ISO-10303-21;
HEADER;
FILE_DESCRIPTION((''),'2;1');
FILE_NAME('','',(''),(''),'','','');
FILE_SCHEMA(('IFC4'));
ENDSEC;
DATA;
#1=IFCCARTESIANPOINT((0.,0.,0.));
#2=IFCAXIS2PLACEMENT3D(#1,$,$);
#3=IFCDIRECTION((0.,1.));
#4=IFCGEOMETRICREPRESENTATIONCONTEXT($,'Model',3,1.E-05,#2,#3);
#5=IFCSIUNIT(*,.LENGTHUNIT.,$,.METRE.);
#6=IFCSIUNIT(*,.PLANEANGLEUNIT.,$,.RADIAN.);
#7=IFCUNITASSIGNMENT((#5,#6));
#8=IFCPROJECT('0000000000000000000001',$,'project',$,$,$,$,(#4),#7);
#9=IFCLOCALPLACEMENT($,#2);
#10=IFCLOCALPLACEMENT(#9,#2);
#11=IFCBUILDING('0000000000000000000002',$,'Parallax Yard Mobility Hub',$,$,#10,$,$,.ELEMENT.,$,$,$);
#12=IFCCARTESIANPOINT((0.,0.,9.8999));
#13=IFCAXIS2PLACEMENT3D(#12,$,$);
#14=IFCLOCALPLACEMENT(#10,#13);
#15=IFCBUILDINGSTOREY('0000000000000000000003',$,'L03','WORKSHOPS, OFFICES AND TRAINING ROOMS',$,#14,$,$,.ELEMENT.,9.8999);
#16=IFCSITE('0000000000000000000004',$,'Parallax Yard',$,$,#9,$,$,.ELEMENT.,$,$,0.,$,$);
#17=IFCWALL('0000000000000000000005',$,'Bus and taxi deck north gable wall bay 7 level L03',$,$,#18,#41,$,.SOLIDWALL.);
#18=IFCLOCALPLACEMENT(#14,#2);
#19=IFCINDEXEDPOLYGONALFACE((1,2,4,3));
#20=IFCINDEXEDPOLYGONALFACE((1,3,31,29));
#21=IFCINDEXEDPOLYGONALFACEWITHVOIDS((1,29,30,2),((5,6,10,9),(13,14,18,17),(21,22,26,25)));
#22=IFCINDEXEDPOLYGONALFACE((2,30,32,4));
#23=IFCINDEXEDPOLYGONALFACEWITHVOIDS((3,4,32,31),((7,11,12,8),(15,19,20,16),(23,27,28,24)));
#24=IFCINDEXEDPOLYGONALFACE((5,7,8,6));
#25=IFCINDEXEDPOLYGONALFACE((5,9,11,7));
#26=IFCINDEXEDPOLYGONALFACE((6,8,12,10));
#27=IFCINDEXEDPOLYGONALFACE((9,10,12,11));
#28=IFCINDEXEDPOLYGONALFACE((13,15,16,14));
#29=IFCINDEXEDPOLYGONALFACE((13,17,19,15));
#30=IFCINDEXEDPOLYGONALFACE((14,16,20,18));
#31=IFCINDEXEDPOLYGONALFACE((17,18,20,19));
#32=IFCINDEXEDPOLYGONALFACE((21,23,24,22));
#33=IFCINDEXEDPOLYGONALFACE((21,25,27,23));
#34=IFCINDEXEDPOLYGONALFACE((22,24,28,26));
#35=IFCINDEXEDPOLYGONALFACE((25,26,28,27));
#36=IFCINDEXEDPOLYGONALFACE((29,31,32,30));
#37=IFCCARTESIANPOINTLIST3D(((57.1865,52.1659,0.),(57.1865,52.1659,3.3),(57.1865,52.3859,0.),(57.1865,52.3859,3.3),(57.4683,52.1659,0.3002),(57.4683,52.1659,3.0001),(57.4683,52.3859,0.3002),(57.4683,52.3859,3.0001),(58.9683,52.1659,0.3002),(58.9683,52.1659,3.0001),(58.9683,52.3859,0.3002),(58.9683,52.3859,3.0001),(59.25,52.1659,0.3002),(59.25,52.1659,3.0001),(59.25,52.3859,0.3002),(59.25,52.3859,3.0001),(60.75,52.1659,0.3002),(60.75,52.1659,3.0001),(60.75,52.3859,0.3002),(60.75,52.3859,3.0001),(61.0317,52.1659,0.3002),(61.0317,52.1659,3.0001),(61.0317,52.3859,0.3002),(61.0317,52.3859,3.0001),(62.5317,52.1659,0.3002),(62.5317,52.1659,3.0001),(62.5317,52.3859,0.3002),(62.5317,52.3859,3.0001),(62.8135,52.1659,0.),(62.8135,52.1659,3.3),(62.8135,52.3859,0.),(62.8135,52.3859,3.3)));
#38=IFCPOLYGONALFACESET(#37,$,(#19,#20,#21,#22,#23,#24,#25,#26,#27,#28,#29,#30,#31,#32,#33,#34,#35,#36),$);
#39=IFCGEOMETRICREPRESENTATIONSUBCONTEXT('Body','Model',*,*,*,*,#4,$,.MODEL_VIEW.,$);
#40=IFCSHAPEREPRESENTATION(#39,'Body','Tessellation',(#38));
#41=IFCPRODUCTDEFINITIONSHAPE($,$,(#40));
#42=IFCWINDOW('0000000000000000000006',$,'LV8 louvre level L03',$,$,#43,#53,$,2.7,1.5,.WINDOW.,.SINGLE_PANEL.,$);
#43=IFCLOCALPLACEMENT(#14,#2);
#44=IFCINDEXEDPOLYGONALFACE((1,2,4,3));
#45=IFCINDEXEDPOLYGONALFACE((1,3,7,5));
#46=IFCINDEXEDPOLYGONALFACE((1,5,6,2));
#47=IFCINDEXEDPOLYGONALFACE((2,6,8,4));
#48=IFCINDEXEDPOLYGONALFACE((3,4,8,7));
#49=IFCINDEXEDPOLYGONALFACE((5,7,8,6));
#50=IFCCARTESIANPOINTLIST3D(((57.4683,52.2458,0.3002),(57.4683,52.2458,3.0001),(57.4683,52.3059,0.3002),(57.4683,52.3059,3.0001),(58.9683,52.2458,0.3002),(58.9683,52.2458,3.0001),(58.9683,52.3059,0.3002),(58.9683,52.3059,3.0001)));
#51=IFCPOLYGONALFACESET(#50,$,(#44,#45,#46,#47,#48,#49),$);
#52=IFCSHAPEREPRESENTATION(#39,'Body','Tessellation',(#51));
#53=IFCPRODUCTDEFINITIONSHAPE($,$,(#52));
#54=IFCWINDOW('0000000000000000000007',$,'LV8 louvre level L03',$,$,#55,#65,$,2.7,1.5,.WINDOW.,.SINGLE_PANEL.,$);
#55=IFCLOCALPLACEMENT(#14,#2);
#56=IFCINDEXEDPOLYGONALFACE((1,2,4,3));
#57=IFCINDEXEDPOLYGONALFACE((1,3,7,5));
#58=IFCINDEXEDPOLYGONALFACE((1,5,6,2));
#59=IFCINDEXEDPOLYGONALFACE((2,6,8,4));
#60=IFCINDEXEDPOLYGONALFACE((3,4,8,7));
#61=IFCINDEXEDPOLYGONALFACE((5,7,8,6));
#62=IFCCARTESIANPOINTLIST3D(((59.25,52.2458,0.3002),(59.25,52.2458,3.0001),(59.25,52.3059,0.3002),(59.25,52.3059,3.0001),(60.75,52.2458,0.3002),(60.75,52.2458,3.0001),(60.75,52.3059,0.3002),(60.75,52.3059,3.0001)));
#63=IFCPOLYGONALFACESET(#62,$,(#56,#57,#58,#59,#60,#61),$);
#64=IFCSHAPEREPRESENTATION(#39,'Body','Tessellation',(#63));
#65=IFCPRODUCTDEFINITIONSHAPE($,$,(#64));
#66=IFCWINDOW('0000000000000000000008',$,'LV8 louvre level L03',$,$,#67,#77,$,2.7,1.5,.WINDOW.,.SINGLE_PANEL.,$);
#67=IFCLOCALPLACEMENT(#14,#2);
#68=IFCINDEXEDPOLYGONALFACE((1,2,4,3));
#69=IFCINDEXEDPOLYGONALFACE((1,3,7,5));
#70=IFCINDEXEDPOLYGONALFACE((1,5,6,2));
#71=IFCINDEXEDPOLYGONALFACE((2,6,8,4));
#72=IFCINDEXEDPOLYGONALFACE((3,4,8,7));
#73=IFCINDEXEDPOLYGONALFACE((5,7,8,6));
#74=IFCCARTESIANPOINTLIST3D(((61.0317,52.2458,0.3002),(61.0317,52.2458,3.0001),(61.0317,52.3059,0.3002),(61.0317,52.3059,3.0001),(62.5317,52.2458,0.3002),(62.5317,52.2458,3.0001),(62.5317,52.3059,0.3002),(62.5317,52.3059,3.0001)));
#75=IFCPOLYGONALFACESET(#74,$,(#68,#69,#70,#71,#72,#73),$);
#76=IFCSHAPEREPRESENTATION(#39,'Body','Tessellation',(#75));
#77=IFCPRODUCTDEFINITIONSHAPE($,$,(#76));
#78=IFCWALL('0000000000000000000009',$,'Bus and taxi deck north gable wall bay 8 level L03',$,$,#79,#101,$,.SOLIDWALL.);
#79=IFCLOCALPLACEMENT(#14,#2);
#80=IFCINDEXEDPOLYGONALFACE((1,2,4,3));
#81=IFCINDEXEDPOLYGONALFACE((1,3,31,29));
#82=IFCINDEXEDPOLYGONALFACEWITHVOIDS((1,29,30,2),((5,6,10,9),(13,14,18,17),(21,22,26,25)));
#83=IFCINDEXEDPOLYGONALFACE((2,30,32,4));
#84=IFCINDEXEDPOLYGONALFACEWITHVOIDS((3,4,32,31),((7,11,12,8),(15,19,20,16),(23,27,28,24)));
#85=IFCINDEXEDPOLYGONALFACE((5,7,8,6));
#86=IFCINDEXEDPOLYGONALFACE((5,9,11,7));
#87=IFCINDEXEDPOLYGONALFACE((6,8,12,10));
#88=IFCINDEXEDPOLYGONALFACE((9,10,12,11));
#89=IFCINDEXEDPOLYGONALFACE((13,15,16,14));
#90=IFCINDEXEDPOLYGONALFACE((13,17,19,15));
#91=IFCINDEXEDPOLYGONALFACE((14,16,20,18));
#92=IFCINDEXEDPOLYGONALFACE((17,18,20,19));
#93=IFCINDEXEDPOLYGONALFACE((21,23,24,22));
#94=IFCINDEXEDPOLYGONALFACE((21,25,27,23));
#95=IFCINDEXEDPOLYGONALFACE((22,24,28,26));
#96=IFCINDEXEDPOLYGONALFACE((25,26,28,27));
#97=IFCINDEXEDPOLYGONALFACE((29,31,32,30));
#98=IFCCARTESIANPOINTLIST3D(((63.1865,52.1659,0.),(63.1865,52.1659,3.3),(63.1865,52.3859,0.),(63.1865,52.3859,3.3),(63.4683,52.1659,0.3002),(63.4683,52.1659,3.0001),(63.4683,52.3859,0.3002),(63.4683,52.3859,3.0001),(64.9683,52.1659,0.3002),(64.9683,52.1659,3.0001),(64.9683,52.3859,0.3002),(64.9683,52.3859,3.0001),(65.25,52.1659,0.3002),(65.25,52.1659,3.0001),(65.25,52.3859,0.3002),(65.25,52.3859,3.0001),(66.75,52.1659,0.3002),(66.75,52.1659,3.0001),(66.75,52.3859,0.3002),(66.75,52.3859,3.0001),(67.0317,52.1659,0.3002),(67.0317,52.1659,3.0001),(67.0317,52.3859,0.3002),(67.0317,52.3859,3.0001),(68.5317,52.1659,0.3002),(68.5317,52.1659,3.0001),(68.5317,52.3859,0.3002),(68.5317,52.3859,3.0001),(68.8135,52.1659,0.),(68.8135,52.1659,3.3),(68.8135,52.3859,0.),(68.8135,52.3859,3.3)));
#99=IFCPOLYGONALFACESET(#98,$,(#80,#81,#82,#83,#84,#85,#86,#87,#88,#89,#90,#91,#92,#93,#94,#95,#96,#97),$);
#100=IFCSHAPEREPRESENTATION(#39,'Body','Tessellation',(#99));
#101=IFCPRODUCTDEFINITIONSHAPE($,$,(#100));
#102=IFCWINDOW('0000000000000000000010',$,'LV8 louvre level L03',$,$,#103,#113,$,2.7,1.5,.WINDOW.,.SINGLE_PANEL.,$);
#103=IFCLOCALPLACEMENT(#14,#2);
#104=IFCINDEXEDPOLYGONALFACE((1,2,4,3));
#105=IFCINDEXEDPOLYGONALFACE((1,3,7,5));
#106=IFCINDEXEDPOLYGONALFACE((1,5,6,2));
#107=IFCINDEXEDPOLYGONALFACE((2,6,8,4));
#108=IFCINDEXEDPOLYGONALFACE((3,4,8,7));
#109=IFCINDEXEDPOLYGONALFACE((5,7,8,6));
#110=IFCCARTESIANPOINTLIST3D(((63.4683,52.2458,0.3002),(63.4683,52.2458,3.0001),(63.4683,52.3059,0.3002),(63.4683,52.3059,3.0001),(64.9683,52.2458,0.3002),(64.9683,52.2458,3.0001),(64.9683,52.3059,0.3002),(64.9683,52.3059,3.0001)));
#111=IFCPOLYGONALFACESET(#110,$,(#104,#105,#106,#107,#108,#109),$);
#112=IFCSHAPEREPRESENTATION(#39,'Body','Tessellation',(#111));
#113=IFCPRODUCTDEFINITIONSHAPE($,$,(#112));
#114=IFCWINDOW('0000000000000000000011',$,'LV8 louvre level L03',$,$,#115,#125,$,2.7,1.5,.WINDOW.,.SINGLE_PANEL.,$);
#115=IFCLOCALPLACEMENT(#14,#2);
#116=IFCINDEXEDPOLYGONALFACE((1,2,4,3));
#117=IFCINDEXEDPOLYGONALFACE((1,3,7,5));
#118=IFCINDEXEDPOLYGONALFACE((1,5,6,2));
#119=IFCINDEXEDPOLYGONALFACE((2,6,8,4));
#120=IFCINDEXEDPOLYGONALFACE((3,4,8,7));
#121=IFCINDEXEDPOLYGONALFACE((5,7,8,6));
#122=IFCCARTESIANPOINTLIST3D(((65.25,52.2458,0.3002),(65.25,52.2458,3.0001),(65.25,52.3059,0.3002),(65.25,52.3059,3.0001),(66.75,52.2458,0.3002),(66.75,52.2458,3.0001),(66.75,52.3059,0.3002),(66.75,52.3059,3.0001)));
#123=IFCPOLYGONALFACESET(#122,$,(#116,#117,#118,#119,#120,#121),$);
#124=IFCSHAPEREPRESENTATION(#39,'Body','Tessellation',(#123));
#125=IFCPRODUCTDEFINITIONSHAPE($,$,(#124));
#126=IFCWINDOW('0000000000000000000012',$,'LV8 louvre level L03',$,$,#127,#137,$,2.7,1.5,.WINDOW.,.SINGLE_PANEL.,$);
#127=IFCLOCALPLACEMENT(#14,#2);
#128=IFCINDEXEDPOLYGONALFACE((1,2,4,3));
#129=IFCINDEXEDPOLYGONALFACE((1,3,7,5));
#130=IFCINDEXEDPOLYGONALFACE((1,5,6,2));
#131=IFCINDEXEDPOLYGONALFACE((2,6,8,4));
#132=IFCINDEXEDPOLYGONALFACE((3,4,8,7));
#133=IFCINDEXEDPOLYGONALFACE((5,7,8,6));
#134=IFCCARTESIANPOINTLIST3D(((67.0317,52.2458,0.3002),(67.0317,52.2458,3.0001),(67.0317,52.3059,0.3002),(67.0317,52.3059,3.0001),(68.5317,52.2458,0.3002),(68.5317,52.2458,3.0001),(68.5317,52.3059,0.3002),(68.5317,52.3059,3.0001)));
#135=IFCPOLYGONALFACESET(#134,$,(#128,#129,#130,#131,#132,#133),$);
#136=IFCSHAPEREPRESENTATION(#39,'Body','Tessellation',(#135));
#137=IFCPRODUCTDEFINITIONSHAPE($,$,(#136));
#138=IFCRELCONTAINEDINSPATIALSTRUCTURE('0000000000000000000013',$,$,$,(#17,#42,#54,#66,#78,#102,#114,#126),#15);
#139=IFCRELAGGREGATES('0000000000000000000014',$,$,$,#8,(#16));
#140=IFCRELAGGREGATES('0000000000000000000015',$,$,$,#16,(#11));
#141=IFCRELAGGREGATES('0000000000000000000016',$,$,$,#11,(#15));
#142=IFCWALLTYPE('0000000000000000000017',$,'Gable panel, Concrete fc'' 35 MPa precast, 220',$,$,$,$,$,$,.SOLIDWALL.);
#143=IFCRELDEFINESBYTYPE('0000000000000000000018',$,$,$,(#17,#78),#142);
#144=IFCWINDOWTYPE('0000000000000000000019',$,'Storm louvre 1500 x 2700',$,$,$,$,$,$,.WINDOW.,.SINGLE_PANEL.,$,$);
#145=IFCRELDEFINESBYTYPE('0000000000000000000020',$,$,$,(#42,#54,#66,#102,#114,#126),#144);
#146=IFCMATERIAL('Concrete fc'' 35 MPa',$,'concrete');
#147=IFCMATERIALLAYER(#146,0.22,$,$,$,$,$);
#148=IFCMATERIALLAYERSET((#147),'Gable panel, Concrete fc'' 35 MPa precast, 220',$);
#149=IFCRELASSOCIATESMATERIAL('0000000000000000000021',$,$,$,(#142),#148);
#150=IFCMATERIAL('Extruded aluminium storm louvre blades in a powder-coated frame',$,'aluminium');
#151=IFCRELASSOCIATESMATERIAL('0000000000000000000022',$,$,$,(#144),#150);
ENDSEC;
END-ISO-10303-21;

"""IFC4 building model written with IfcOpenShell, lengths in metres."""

from ifc_helpers import new_model, si_unit, direction, frame, frame_2d, origin, place, context, subcontext, project, spatial, rectangle, extrude, material, layer, layer_set, type_object, element, fill, save


model = new_model("IFC4")

# Units and contexts
model_context = context("Model", 3, precision=1e-05, world=origin(), true_north=direction((0.0, 1.0)))
body_context = subcontext(model_context, "Body", "Model", "MODEL_VIEW")
ifc_project = project(units=[si_unit("LENGTHUNIT", "METRE"), si_unit("PLANEANGLEUNIT", "RADIAN")], contexts=[model_context])

# Site, building, storey
site_placement = place(None, origin())
site = spatial("IfcSite", under=ifc_project, at=site_placement, Name="Parallax Yard", CompositionType="ELEMENT", RefElevation=0.0)
building_placement = place(site_placement, origin())
building = spatial("IfcBuilding", under=site, at=building_placement, Name="Parallax Yard Mobility Hub", CompositionType="ELEMENT")
storey_placement = place(building_placement, frame((0.0, 0.0, 9.8999)))
storey = spatial("IfcBuildingStorey", under=building, at=storey_placement, Name="L03", Description="WORKSHOPS, OFFICES AND TRAINING ROOMS", CompositionType="ELEMENT", Elevation=9.8999)

# Walls, openings, windows
ifc_material_1 = material(Name="Concrete fc' 35 MPa", Category="concrete")
ifc_layer = layer(ifc_material_1, 0.22)
ifc_layer_set = layer_set([ifc_layer], Name="Gable panel, Concrete fc' 35 MPa precast, 220")
wall_type = type_object("IfcWallType", Name="Gable panel, Concrete fc' 35 MPa precast, 220", PredefinedType="SOLIDWALL", material=ifc_layer_set)
wall_1_placement = place(storey_placement, frame((57.1865, 52.2759, 0.0), z_axis=(0.0, 0.0, 1.0), x_axis=(1.0, 0.0, 0.0)))
wall_1 = element("IfcWall", 1, at=wall_1_placement, inside=storey, type_object=wall_type, Name="Bus and taxi deck north gable wall bay 7 level L03", PredefinedType="SOLIDWALL", context=body_context, shape_type="SweptSolid", body=[
    extrude(rectangle(XDim=5.627, YDim=0.22, at=frame_2d((2.8135, 0.0))), origin(), (0.0, 0.0, 1.0), 3.3),
])
opening_1_placement = place(wall_1_placement, frame((0.2817, 0.0, 0.3)))
opening_1 = element("IfcOpeningElement", 2, at=opening_1_placement, cuts=wall_1, PredefinedType="OPENING", context=body_context, shape_type="SweptSolid", body=[
    extrude(rectangle(XDim=1.5, YDim=2.7, at=frame_2d((0.75, 1.3501))), frame((0.0, 0.1201, 0.0), z_axis=(0.0, -1.0, 0.0), x_axis=(1.0, 0.0, 0.0)), (0.0, 0.0, 1.0), 0.24),
])
opening_2_placement = place(wall_1_placement, frame((2.0635, 0.0, 0.3)))
opening_2 = element("IfcOpeningElement", 3, at=opening_2_placement, cuts=wall_1, PredefinedType="OPENING", context=body_context, shape_type="SweptSolid", body=[
    extrude(rectangle(XDim=1.5, YDim=2.7, at=frame_2d((0.75, 1.3501))), frame((0.0, 0.1201, 0.0), z_axis=(0.0, -1.0, 0.0), x_axis=(1.0, 0.0, 0.0)), (0.0, 0.0, 1.0), 0.24),
])
opening_3_placement = place(wall_1_placement, frame((3.8452, 0.0, 0.3)))
opening_3 = element("IfcOpeningElement", 4, at=opening_3_placement, cuts=wall_1, PredefinedType="OPENING", context=body_context, shape_type="SweptSolid", body=[
    extrude(rectangle(XDim=1.5, YDim=2.7, at=frame_2d((0.75, 1.3501))), frame((0.0, 0.1201, 0.0), z_axis=(0.0, -1.0, 0.0), x_axis=(1.0, 0.0, 0.0)), (0.0, 0.0, 1.0), 0.24),
])
ifc_material_2 = material(Name="Extruded aluminium storm louvre blades in a powder-coated frame", Category="aluminium")
window_type = type_object("IfcWindowType", Name="Storm louvre 1500 x 2700", PartitioningType="SINGLE_PANEL", PredefinedType="WINDOW", material=ifc_material_2)
window_1_placement = place(opening_1_placement, origin())
window_1 = element("IfcWindow", 5, at=window_1_placement, inside=storey, type_object=window_type, Name="LV8 louvre level L03", OverallHeight=2.7, OverallWidth=1.5, PartitioningType="SINGLE_PANEL", PredefinedType="WINDOW", context=body_context, shape_type="SweptSolid", body=[
    extrude(rectangle(XDim=1.5, YDim=2.7, at=frame_2d((0.75, 1.3501))), frame((0.0, 0.03, 0.0), z_axis=(0.0, -1.0, 0.0), x_axis=(1.0, 0.0, 0.0)), (0.0, 0.0, 1.0), 0.0601),
])
fill(opening_1, window_1)
window_2_placement = place(opening_2_placement, origin())
window_2 = element("IfcWindow", 6, at=window_2_placement, inside=storey, type_object=window_type, Name="LV8 louvre level L03", OverallHeight=2.7, OverallWidth=1.5, PartitioningType="SINGLE_PANEL", PredefinedType="WINDOW", context=body_context, shape_type="SweptSolid", body=[
    extrude(rectangle(XDim=1.5, YDim=2.7, at=frame_2d((0.75, 1.3501))), frame((0.0, 0.03, 0.0), z_axis=(0.0, -1.0, 0.0), x_axis=(1.0, 0.0, 0.0)), (0.0, 0.0, 1.0), 0.0601),
])
fill(opening_2, window_2)
window_3_placement = place(opening_3_placement, origin())
window_3 = element("IfcWindow", 7, at=window_3_placement, inside=storey, type_object=window_type, Name="LV8 louvre level L03", OverallHeight=2.7, OverallWidth=1.5, PartitioningType="SINGLE_PANEL", PredefinedType="WINDOW", context=body_context, shape_type="SweptSolid", body=[
    extrude(rectangle(XDim=1.5, YDim=2.7, at=frame_2d((0.75, 1.3501))), frame((0.0, 0.03, 0.0), z_axis=(0.0, -1.0, 0.0), x_axis=(1.0, 0.0, 0.0)), (0.0, 0.0, 1.0), 0.0601),
])
fill(opening_3, window_3)
wall_2_placement = place(storey_placement, frame((63.1865, 52.2759, 0.0), z_axis=(0.0, 0.0, 1.0), x_axis=(1.0, 0.0, 0.0)))
wall_2 = element("IfcWall", 8, at=wall_2_placement, inside=storey, type_object=wall_type, Name="Bus and taxi deck north gable wall bay 8 level L03", PredefinedType="SOLIDWALL", context=body_context, shape_type="SweptSolid", body=[
    extrude(rectangle(XDim=5.627, YDim=0.22, at=frame_2d((2.8135, 0.0))), origin(), (0.0, 0.0, 1.0), 3.3),
])
opening_4_placement = place(wall_2_placement, frame((0.2817, 0.0, 0.3)))
opening_4 = element("IfcOpeningElement", 9, at=opening_4_placement, cuts=wall_2, PredefinedType="OPENING", context=body_context, shape_type="SweptSolid", body=[
    extrude(rectangle(XDim=1.5, YDim=2.7, at=frame_2d((0.75, 1.3501))), frame((0.0, 0.1201, 0.0), z_axis=(0.0, -1.0, 0.0), x_axis=(1.0, 0.0, 0.0)), (0.0, 0.0, 1.0), 0.24),
])
opening_5_placement = place(wall_2_placement, frame((2.0635, 0.0, 0.3)))
opening_5 = element("IfcOpeningElement", 10, at=opening_5_placement, cuts=wall_2, PredefinedType="OPENING", context=body_context, shape_type="SweptSolid", body=[
    extrude(rectangle(XDim=1.5, YDim=2.7, at=frame_2d((0.75, 1.3501))), frame((0.0, 0.1201, 0.0), z_axis=(0.0, -1.0, 0.0), x_axis=(1.0, 0.0, 0.0)), (0.0, 0.0, 1.0), 0.24),
])
opening_6_placement = place(wall_2_placement, frame((3.8452, 0.0, 0.3)))
opening_6 = element("IfcOpeningElement", 11, at=opening_6_placement, cuts=wall_2, PredefinedType="OPENING", context=body_context, shape_type="SweptSolid", body=[
    extrude(rectangle(XDim=1.5, YDim=2.7, at=frame_2d((0.75, 1.3501))), frame((0.0, 0.1201, 0.0), z_axis=(0.0, -1.0, 0.0), x_axis=(1.0, 0.0, 0.0)), (0.0, 0.0, 1.0), 0.24),
])
window_4_placement = place(opening_4_placement, origin())
window_4 = element("IfcWindow", 12, at=window_4_placement, inside=storey, type_object=window_type, Name="LV8 louvre level L03", OverallHeight=2.7, OverallWidth=1.5, PartitioningType="SINGLE_PANEL", PredefinedType="WINDOW", context=body_context, shape_type="SweptSolid", body=[
    extrude(rectangle(XDim=1.5, YDim=2.7, at=frame_2d((0.75, 1.3501))), frame((0.0, 0.03, 0.0), z_axis=(0.0, -1.0, 0.0), x_axis=(1.0, 0.0, 0.0)), (0.0, 0.0, 1.0), 0.0601),
])
fill(opening_4, window_4)
window_5_placement = place(opening_5_placement, origin())
window_5 = element("IfcWindow", 13, at=window_5_placement, inside=storey, type_object=window_type, Name="LV8 louvre level L03", OverallHeight=2.7, OverallWidth=1.5, PartitioningType="SINGLE_PANEL", PredefinedType="WINDOW", context=body_context, shape_type="SweptSolid", body=[
    extrude(rectangle(XDim=1.5, YDim=2.7, at=frame_2d((0.75, 1.3501))), frame((0.0, 0.03, 0.0), z_axis=(0.0, -1.0, 0.0), x_axis=(1.0, 0.0, 0.0)), (0.0, 0.0, 1.0), 0.0601),
])
fill(opening_5, window_5)
window_6_placement = place(opening_6_placement, origin())
window_6 = element("IfcWindow", 14, at=window_6_placement, inside=storey, type_object=window_type, Name="LV8 louvre level L03", OverallHeight=2.7, OverallWidth=1.5, PartitioningType="SINGLE_PANEL", PredefinedType="WINDOW", context=body_context, shape_type="SweptSolid", body=[
    extrude(rectangle(XDim=1.5, YDim=2.7, at=frame_2d((0.75, 1.3501))), frame((0.0, 0.03, 0.0), z_axis=(0.0, -1.0, 0.0), x_axis=(1.0, 0.0, 0.0)), (0.0, 0.0, 1.0), 0.0601),
])
fill(opening_6, window_6)

save(model, "model.ifc")
